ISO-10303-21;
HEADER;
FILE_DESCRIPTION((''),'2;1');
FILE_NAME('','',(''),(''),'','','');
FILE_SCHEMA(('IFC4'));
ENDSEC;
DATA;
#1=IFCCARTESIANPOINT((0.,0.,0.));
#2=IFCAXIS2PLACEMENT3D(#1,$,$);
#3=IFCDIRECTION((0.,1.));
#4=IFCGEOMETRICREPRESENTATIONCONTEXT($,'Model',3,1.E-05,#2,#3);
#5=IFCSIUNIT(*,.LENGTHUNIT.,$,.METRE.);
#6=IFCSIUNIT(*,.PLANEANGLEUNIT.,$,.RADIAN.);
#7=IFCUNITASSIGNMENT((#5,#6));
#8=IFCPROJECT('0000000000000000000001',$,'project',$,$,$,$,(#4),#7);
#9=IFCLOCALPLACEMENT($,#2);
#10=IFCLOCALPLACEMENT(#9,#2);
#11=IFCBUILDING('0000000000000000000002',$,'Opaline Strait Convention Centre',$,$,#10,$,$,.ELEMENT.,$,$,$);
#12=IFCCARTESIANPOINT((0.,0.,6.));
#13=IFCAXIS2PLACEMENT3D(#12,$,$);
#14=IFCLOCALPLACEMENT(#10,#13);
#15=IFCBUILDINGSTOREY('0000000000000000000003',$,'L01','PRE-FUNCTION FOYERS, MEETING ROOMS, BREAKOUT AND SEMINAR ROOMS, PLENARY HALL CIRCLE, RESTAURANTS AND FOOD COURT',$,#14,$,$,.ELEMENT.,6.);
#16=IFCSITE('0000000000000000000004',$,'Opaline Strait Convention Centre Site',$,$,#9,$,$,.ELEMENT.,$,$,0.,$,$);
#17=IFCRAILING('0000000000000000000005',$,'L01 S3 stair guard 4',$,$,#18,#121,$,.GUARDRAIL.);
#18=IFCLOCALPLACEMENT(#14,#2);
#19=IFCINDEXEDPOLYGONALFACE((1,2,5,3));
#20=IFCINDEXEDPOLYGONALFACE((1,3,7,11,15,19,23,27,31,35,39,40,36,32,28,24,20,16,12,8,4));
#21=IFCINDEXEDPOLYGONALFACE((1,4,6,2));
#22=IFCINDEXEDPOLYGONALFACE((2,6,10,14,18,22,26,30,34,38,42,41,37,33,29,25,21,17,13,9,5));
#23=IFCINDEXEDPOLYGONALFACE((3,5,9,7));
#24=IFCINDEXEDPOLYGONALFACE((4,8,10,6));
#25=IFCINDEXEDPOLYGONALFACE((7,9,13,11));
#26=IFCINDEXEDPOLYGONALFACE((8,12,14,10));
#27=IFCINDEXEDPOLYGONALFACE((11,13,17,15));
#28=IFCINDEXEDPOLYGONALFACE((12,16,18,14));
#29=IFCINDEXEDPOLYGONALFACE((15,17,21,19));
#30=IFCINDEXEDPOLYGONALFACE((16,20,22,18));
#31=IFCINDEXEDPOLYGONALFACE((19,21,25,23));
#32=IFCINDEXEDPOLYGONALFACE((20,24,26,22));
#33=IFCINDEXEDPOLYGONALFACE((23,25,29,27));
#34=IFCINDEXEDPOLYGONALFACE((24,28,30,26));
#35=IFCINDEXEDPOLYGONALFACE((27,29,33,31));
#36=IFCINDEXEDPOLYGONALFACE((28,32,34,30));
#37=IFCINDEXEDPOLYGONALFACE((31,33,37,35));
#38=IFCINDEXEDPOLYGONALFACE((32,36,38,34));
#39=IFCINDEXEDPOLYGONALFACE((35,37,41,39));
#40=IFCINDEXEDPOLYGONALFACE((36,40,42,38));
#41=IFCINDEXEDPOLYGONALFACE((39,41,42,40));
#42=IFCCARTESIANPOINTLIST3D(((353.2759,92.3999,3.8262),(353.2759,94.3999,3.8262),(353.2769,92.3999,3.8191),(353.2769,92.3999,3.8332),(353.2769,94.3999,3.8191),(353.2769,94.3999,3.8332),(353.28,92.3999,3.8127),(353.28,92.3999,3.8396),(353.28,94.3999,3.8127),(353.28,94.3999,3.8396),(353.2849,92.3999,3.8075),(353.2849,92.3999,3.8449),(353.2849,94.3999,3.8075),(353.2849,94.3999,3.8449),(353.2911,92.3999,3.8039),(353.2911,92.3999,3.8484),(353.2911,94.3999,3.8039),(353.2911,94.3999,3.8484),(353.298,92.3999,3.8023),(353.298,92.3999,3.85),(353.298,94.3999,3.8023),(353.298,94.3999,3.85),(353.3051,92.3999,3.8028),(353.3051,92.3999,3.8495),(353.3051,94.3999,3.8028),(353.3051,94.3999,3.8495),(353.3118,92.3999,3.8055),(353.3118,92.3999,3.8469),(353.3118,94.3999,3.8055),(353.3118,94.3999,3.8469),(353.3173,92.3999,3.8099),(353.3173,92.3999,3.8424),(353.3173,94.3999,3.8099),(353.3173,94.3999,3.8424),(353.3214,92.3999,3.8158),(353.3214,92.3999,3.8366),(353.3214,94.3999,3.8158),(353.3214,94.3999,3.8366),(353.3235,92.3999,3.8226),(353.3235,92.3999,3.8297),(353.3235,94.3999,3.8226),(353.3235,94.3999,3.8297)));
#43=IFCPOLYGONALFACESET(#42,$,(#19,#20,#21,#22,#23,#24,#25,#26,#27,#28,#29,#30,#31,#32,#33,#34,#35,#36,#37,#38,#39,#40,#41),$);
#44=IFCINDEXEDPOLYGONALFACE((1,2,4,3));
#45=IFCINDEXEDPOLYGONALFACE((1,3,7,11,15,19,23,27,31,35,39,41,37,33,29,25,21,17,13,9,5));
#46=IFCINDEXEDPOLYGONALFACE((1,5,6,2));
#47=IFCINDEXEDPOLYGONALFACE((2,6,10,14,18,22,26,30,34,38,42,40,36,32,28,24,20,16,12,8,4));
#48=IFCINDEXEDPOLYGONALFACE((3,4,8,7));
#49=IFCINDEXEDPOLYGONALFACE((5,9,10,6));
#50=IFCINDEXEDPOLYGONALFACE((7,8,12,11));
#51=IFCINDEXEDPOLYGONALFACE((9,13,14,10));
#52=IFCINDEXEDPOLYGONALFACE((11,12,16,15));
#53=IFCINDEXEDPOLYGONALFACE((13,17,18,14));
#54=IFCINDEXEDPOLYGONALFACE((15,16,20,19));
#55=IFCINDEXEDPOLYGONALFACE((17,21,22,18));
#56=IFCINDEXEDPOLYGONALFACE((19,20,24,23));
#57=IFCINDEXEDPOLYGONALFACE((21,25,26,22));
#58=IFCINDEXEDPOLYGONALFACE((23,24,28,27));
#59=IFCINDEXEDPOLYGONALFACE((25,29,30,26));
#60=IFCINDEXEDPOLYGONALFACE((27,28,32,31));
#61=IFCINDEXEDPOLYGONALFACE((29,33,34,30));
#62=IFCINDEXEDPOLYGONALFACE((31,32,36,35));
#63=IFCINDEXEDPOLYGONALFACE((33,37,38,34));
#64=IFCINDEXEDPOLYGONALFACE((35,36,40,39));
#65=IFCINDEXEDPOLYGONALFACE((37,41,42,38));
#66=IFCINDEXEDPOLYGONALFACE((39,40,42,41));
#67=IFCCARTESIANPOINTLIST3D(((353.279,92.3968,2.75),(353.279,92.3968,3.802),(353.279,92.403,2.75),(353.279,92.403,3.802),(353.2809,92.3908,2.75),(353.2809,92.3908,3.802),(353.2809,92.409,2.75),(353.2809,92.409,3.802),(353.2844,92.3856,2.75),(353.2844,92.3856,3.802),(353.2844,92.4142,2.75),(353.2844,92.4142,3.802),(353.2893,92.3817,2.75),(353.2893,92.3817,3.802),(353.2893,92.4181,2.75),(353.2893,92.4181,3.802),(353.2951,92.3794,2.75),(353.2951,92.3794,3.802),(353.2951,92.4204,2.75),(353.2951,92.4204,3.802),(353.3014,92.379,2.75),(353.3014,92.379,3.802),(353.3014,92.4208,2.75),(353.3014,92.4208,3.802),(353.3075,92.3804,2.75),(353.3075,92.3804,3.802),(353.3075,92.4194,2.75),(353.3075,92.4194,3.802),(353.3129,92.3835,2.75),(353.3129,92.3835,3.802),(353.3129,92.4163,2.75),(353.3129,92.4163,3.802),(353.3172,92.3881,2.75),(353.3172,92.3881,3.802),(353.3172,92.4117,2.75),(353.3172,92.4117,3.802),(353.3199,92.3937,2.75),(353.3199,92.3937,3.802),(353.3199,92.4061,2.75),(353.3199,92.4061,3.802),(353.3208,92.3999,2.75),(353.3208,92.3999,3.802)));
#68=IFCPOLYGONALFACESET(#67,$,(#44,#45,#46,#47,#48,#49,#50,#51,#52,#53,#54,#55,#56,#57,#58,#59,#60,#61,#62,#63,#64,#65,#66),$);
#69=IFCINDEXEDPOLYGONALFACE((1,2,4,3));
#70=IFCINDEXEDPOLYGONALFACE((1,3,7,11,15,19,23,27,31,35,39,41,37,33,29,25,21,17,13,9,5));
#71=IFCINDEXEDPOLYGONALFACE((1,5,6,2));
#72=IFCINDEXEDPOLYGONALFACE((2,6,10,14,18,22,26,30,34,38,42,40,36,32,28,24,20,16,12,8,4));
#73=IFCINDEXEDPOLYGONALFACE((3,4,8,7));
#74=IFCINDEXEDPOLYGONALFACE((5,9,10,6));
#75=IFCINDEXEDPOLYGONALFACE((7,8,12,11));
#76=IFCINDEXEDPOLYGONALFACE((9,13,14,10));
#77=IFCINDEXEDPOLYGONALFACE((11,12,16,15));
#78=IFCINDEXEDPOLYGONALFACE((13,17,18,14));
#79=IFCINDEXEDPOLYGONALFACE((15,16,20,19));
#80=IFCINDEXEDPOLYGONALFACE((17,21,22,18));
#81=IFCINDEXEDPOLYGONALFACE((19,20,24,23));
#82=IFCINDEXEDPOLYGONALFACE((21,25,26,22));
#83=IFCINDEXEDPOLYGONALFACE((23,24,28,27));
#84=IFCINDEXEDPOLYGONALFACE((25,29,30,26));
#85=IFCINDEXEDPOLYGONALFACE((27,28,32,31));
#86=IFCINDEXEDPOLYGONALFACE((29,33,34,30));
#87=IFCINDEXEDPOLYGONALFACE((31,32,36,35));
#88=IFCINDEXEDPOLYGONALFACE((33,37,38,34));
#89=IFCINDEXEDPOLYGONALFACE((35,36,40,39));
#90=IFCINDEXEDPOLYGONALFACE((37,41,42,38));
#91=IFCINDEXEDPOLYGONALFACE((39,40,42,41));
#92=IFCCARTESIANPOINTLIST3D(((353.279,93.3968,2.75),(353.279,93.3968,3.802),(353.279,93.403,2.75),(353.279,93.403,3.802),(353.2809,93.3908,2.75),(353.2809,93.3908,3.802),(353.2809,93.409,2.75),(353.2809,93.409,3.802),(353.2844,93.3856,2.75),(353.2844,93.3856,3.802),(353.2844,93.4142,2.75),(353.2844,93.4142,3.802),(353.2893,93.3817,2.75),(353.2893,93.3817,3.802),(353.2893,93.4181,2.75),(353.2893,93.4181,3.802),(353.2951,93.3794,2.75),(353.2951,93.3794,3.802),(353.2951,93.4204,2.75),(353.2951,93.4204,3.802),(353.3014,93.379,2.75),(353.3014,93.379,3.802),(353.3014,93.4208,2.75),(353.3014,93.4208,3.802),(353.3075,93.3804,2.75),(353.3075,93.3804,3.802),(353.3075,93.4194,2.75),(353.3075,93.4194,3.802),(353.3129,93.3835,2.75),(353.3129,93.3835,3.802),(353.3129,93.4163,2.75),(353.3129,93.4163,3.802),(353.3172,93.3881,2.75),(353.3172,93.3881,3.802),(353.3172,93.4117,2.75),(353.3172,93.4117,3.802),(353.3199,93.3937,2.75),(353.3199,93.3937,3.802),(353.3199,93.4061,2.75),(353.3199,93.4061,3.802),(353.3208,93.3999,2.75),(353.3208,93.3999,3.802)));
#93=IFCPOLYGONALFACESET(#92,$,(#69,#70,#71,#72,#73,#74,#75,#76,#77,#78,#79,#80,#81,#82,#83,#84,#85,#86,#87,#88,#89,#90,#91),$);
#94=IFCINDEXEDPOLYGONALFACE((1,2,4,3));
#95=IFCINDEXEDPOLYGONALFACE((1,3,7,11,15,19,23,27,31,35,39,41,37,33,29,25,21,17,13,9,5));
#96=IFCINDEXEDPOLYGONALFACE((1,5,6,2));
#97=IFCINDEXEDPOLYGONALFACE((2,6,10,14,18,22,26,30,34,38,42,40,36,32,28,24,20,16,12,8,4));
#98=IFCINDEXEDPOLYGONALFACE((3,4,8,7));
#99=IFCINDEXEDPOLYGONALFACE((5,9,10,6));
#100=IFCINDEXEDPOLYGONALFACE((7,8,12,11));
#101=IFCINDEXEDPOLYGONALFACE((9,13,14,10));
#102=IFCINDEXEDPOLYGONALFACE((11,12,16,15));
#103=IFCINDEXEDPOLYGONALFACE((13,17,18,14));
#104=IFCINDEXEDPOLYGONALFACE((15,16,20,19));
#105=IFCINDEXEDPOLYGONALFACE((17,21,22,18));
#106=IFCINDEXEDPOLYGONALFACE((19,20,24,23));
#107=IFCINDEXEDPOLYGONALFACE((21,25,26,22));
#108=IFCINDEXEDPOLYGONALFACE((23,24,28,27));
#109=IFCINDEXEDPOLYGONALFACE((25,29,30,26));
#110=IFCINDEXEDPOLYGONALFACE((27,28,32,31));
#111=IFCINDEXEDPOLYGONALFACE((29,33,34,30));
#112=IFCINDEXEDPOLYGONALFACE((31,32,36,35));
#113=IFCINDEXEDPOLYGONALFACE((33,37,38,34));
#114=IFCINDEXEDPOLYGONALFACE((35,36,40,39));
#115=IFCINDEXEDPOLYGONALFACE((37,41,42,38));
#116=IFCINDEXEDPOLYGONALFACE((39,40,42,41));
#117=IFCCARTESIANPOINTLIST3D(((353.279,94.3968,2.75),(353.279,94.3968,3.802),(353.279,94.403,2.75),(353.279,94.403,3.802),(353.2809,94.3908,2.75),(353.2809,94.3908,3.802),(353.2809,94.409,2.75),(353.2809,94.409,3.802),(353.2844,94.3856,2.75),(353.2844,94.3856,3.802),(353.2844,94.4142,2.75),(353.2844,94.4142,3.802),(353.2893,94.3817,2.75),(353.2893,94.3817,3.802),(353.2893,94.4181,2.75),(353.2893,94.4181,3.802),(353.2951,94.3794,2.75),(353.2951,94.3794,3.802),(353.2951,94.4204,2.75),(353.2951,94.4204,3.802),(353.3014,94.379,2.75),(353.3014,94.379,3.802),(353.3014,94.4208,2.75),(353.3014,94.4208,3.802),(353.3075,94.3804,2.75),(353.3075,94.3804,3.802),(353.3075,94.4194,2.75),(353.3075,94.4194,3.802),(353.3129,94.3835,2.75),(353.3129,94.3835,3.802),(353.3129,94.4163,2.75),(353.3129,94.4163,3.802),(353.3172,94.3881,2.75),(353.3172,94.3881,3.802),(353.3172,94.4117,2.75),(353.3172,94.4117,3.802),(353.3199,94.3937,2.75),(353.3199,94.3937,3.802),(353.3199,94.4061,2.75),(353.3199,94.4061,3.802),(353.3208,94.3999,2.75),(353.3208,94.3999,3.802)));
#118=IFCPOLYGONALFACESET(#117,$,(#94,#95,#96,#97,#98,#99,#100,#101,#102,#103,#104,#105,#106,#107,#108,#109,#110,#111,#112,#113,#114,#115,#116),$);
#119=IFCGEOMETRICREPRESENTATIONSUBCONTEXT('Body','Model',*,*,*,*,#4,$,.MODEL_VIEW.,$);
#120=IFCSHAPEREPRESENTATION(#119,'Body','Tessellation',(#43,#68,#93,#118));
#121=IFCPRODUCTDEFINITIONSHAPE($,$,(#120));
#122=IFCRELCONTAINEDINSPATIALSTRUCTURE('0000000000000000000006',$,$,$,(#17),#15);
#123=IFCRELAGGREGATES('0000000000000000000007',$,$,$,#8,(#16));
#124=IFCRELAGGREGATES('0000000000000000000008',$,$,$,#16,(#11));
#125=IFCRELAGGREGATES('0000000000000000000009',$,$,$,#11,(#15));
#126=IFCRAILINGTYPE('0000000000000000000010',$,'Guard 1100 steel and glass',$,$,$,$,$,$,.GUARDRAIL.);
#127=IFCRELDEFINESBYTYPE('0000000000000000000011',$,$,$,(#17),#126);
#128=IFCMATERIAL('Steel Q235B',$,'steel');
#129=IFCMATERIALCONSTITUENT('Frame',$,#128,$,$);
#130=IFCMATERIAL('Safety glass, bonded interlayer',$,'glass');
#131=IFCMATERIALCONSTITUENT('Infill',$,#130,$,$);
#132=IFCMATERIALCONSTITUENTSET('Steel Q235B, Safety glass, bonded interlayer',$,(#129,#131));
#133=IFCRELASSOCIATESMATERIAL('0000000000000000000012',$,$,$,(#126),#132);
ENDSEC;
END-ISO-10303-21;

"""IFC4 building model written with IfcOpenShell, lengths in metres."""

from ifc_helpers import new_model, si_unit, direction, frame, origin, origin_2d, place, context, subcontext, project, spatial, circle, extrude, material, constituent, constituent_set, type_object, element, save


model = new_model("IFC4")

# Units and contexts
model_context = context("Model", 3, precision=1e-05, world=origin(), true_north=direction((0.0, 1.0)))
body_context = subcontext(model_context, "Body", "Model", "MODEL_VIEW")
ifc_project = project(units=[si_unit("LENGTHUNIT", "METRE"), si_unit("PLANEANGLEUNIT", "RADIAN")], contexts=[model_context])

# Site, building, storey
site_placement = place(None, origin())
site = spatial("IfcSite", under=ifc_project, at=site_placement, Name="Opaline Strait Convention Centre Site", CompositionType="ELEMENT", RefElevation=0.0)
building_placement = place(site_placement, origin())
building = spatial("IfcBuilding", under=site, at=building_placement, Name="Opaline Strait Convention Centre", CompositionType="ELEMENT")
storey_placement = place(building_placement, frame((0.0, 0.0, 6.0)))
storey = spatial("IfcBuildingStorey", under=building, at=storey_placement, Name="L01", Description="PRE-FUNCTION FOYERS, MEETING ROOMS, BREAKOUT AND SEMINAR ROOMS, PLENARY HALL CIRCLE, RESTAURANTS AND FOOD COURT", CompositionType="ELEMENT", Elevation=6.0)

# Shared definitions
ifc_material_1 = material(Name="Steel Q235B", Category="steel")

# Railing
ifc_constituent_1 = constituent(ifc_material_1, Name="Frame")
ifc_material_2 = material(Name="Safety glass, bonded interlayer", Category="glass")
ifc_constituent_2 = constituent(ifc_material_2, Name="Infill")
ifc_constituent_set = constituent_set(constituents=[ifc_constituent_1, ifc_constituent_2], Name="Steel Q235B, Safety glass, bonded interlayer")
railing_type = type_object("IfcRailingType", Name="Guard 1100 steel and glass", PredefinedType="GUARDRAIL", material=ifc_constituent_set)
railing_1_placement = place(storey_placement, frame((353.2998, 92.3999, 2.75)))
element("IfcRailing", 1, at=railing_1_placement, inside=storey, type_object=railing_type, Name="L01 S3 stair guard 4", PredefinedType="GUARDRAIL", context=body_context, shape_type="SweptSolid", body=[
    extrude(circle(Radius=0.0239, at=origin_2d()), frame((0.0, 0.0, 1.0762), z_axis=(0.0, 1.0, 0.0), x_axis=(-1.0, 0.0, 0.0)), (0.0, 0.0, 1.0), 2.0),
    extrude(circle(Radius=0.021, at=origin_2d()), origin(), (0.0, 0.0, 1.0), 1.052),
    extrude(circle(Radius=0.021, at=origin_2d()), frame((0.0, 1.0, 0.0)), (0.0, 0.0, 1.0), 1.052),
    extrude(circle(Radius=0.021, at=origin_2d()), frame((0.0, 2.0, 0.0)), (0.0, 0.0, 1.0), 1.052),
])

save(model, "model.ifc")
